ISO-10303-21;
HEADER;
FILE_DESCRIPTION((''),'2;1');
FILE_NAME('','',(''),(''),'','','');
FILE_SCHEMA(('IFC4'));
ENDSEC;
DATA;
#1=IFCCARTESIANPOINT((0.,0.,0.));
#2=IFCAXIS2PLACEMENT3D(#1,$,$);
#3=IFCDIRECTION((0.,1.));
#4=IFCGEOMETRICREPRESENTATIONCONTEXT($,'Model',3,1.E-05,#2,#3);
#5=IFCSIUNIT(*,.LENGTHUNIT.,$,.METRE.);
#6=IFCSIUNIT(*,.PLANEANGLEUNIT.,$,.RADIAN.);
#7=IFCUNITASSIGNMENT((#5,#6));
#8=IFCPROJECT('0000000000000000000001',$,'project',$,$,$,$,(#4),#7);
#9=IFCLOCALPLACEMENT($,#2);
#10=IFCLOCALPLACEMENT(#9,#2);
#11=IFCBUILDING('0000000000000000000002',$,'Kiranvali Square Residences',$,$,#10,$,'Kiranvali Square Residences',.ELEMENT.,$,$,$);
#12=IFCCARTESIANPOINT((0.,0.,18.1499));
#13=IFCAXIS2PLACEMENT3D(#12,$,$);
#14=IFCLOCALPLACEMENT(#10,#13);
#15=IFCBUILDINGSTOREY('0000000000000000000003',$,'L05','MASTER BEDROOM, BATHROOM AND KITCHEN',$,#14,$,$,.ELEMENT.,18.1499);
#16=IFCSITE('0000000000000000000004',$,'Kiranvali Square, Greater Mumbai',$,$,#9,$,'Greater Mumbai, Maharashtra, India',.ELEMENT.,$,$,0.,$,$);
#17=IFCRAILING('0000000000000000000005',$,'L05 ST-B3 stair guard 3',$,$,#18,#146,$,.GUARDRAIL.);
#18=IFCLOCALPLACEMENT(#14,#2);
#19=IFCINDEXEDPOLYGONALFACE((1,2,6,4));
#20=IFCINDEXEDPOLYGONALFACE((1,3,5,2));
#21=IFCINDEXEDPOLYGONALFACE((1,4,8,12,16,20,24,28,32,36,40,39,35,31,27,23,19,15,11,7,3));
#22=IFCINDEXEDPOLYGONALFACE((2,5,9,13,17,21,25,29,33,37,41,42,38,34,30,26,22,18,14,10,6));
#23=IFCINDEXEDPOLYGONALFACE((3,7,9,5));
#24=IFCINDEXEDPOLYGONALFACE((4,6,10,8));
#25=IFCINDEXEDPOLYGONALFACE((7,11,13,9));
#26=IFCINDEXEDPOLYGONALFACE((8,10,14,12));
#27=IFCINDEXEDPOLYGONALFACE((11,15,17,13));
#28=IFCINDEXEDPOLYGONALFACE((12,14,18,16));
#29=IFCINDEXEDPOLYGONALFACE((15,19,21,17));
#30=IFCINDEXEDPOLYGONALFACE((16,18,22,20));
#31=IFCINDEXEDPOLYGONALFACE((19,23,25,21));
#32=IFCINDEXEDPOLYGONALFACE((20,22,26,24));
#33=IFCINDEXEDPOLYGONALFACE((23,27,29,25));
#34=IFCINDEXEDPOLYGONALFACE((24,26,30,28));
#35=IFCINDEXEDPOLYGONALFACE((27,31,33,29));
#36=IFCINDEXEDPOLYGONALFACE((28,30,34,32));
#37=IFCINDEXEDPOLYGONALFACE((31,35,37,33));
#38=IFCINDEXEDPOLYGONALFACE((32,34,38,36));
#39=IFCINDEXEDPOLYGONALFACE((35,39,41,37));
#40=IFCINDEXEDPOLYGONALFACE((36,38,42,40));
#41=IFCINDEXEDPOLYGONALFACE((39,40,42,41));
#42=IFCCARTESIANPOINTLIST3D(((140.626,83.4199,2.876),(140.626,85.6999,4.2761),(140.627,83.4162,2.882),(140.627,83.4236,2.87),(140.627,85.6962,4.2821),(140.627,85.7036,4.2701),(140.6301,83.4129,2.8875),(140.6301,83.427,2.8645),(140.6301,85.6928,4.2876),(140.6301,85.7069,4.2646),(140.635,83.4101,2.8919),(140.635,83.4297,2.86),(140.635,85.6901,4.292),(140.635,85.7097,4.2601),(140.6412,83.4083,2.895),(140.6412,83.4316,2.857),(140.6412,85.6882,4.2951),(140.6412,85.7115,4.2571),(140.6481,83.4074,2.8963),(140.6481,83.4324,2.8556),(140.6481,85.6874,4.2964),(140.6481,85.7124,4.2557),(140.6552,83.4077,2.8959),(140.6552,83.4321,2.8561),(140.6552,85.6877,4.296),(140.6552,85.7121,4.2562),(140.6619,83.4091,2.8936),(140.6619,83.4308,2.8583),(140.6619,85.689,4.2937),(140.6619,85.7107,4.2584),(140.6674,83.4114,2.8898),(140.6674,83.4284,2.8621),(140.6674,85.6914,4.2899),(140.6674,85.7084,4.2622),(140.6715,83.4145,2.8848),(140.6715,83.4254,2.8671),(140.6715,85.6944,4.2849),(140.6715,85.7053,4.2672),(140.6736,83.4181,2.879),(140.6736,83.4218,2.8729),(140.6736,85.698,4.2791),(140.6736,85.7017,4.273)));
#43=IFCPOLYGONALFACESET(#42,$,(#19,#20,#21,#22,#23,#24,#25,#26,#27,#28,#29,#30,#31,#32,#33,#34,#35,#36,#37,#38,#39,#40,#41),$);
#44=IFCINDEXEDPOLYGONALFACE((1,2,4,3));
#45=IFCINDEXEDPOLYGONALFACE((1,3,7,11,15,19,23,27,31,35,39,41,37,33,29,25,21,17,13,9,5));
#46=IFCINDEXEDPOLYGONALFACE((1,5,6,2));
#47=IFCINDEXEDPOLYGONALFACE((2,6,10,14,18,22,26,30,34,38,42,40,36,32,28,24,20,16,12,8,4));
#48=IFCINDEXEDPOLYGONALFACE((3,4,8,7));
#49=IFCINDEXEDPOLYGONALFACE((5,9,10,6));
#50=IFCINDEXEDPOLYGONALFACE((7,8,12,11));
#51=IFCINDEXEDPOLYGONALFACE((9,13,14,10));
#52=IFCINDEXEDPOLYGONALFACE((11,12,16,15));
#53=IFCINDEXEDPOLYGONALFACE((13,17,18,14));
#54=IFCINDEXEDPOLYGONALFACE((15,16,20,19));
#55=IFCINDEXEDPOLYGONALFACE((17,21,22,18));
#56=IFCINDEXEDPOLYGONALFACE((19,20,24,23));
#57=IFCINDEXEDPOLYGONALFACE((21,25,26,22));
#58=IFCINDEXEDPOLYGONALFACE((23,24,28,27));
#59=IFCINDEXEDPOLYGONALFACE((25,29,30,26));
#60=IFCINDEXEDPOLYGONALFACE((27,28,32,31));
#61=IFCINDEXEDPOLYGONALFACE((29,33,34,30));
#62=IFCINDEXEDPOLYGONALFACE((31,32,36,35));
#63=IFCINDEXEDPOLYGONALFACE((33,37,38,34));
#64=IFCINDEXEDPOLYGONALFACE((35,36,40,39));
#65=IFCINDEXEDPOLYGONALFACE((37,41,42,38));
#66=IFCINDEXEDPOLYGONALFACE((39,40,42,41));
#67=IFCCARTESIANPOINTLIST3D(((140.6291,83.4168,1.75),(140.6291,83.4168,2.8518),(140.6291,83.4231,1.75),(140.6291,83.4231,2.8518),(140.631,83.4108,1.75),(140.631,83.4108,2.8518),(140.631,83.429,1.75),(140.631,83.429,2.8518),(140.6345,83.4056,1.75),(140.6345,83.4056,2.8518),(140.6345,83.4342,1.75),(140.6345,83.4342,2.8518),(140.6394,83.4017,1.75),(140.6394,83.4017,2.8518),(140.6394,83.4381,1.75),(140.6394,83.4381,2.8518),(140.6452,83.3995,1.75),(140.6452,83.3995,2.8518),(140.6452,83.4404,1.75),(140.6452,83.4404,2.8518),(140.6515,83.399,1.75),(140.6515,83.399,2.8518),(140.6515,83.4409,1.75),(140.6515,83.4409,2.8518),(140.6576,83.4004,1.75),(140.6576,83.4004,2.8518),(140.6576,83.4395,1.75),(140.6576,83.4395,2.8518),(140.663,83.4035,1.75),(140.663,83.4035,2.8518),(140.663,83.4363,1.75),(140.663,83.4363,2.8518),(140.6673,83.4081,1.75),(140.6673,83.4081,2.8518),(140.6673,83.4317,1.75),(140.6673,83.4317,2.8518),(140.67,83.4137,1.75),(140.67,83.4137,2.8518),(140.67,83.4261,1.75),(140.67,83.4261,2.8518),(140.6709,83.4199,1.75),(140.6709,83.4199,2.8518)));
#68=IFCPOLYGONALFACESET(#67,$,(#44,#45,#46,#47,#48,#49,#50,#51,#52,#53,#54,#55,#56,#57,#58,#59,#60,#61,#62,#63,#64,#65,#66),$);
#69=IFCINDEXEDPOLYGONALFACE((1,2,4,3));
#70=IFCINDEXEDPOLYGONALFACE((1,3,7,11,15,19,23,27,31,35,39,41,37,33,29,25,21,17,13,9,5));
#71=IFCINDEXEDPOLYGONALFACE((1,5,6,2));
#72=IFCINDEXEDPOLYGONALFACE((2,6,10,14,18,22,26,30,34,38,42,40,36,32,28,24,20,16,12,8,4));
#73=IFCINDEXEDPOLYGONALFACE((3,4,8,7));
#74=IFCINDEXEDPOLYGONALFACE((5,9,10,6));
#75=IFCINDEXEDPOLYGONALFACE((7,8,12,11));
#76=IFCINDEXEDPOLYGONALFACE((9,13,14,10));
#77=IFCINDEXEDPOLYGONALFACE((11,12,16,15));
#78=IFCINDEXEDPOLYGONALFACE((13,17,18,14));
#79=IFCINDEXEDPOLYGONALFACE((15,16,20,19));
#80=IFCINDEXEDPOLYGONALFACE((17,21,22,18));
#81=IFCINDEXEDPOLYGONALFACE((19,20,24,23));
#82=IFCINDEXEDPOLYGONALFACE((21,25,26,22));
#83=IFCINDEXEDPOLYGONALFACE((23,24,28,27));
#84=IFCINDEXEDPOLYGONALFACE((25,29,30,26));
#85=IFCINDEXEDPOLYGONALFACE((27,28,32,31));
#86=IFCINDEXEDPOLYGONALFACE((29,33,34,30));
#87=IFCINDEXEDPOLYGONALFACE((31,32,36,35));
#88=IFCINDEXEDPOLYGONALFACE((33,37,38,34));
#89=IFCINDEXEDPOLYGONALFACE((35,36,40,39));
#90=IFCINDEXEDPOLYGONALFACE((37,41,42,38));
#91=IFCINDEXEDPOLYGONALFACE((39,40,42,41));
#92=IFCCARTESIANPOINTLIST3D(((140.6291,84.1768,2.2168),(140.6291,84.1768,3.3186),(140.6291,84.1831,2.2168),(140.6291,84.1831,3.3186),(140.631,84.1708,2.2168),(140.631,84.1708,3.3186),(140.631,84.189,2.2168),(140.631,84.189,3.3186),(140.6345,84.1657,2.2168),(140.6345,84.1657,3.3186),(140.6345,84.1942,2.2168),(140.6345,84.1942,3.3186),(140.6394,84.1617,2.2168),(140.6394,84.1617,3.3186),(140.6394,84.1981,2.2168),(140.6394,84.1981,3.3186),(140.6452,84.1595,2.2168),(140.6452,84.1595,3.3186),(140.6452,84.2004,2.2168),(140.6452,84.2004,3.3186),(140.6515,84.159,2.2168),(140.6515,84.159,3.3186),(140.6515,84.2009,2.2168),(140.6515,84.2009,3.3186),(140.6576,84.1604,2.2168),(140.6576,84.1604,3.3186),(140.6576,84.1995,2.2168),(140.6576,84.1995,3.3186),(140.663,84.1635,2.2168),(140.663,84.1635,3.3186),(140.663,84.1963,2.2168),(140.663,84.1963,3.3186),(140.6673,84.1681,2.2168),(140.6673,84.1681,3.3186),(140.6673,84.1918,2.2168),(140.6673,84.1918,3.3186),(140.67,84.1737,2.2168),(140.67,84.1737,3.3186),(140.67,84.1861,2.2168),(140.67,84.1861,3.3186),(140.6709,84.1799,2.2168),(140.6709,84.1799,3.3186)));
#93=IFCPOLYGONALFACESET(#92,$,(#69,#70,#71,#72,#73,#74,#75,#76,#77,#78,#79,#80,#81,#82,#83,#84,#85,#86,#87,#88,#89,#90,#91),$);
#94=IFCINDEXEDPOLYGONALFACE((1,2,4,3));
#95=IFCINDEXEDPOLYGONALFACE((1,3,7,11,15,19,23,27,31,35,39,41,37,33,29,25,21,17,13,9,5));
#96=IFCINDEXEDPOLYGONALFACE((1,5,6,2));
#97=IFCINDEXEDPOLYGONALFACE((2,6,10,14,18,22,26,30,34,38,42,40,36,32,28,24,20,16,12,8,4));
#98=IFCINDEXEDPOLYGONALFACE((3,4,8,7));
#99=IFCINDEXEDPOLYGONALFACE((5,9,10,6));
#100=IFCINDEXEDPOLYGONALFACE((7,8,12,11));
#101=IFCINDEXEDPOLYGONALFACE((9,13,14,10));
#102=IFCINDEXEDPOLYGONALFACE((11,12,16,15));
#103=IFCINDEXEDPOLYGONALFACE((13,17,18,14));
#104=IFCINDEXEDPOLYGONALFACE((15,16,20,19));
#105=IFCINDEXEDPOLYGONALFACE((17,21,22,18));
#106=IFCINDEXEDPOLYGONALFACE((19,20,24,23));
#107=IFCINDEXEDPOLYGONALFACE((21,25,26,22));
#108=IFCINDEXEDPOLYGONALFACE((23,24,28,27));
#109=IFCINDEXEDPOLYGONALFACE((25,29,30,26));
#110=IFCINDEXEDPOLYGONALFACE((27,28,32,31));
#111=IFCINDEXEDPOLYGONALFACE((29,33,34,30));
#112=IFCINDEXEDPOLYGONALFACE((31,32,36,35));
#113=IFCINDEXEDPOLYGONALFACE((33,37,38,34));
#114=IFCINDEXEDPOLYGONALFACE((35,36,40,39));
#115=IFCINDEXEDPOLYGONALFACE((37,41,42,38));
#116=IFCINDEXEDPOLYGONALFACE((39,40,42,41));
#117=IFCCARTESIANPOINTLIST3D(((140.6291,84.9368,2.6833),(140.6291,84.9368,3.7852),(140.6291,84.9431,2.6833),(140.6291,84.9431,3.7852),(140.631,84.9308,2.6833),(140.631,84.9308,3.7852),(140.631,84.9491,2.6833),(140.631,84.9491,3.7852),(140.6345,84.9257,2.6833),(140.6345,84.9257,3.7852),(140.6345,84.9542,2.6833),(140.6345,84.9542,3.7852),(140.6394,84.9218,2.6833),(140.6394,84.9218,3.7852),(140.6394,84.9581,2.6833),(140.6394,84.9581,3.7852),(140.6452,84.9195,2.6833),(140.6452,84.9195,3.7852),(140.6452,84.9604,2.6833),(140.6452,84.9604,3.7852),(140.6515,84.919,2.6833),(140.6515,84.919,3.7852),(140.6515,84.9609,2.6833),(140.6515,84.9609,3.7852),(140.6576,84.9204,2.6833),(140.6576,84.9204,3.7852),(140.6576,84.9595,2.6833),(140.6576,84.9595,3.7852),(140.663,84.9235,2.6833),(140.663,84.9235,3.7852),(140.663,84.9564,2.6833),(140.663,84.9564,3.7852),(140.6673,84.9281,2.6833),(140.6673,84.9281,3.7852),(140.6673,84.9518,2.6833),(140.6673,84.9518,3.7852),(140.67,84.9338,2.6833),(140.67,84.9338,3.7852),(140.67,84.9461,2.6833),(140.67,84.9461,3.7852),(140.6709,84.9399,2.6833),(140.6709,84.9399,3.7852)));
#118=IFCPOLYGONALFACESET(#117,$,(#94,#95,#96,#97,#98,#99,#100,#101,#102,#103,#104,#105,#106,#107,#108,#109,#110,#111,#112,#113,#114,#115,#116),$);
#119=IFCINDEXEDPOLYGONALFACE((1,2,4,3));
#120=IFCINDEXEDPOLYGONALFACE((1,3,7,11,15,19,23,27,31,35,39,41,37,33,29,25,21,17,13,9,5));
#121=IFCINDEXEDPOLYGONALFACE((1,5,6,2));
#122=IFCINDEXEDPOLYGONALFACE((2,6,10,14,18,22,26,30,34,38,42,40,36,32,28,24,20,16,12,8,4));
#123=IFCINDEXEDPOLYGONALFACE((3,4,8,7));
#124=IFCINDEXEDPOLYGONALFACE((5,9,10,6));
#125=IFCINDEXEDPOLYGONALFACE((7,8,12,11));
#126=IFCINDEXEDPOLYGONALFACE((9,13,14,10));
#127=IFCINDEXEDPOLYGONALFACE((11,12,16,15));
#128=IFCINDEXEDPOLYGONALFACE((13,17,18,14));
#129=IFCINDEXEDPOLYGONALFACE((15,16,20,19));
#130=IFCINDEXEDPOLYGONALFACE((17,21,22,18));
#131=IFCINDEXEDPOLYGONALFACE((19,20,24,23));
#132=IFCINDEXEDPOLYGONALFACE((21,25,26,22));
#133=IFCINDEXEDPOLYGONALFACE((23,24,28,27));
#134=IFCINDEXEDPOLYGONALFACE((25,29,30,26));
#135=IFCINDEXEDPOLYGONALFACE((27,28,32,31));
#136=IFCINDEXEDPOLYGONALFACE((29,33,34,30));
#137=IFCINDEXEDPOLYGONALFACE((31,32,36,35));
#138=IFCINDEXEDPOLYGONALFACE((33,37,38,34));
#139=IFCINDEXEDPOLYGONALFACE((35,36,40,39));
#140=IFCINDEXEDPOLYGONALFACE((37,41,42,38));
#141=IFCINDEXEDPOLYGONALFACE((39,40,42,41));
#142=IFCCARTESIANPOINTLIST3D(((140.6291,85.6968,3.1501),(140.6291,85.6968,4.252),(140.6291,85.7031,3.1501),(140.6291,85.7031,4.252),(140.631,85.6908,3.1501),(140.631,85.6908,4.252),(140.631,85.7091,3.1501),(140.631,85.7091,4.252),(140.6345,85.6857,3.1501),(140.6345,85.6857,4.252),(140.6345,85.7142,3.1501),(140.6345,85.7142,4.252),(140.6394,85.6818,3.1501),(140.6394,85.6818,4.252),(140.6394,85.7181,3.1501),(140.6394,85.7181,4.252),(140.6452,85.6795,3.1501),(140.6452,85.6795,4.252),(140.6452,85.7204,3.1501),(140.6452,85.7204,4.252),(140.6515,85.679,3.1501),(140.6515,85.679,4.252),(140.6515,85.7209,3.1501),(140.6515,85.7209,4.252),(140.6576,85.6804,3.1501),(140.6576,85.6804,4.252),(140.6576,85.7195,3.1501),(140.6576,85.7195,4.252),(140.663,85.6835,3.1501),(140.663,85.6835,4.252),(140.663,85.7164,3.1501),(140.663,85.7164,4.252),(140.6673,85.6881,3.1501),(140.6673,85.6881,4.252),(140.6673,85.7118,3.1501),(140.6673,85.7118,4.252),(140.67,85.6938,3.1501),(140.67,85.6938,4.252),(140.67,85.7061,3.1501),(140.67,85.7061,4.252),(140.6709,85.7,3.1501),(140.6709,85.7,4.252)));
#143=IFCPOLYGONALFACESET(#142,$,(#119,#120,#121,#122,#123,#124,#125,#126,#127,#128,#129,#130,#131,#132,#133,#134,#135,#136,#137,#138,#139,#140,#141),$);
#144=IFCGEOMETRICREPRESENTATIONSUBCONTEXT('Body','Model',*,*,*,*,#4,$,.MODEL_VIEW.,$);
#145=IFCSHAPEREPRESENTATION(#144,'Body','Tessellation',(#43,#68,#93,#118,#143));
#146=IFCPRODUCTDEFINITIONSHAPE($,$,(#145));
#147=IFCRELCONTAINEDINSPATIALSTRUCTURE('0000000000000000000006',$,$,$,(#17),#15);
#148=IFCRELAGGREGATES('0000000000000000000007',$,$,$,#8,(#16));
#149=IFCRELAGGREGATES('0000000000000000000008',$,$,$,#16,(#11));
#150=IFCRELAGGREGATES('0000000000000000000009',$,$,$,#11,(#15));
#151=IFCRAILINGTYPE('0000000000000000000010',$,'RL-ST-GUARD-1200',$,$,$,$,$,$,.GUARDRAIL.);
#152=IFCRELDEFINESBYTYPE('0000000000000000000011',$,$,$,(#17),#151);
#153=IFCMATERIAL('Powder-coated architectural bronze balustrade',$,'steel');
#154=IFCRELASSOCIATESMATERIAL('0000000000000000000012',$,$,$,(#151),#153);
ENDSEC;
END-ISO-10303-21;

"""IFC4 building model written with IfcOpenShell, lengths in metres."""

from ifc_helpers import new_model, si_unit, direction, frame, origin, origin_2d, place, context, subcontext, project, spatial, circle, extrude, material, type_object, element, save


model = new_model("IFC4")

# Units and contexts
model_context = context("Model", 3, precision=1e-05, world=origin(), true_north=direction((0.0, 1.0)))
body_context = subcontext(model_context, "Body", "Model", "MODEL_VIEW")
ifc_project = project(units=[si_unit("LENGTHUNIT", "METRE"), si_unit("PLANEANGLEUNIT", "RADIAN")], contexts=[model_context])

# Site, building, storey
site_placement = place(None, origin())
site = spatial("IfcSite", under=ifc_project, at=site_placement, Name="Kiranvali Square, Greater Mumbai", LongName="Greater Mumbai, Maharashtra, India", CompositionType="ELEMENT", RefElevation=0.0)
building_placement = place(site_placement, origin())
building = spatial("IfcBuilding", under=site, at=building_placement, Name="Kiranvali Square Residences", LongName="Kiranvali Square Residences", CompositionType="ELEMENT")
storey_placement = place(building_placement, frame((0.0, 0.0, 18.1499)))
storey = spatial("IfcBuildingStorey", under=building, at=storey_placement, Name="L05", Description="MASTER BEDROOM, BATHROOM AND KITCHEN", CompositionType="ELEMENT", Elevation=18.1499)

# Railing
ifc_material_1 = material(Name="Powder-coated architectural bronze balustrade", Category="steel")
railing_type_1 = type_object("IfcRailingType", Name="RL-ST-GUARD-1200", PredefinedType="GUARDRAIL", material=ifc_material_1)
railing_1_placement = place(storey_placement, frame((140.6499, 83.4199, 1.75)))
element("IfcRailing", 1, at=railing_1_placement, inside=storey, type_object=railing_type_1, Name="L05 ST-B3 stair guard 3", PredefinedType="GUARDRAIL", context=body_context, shape_type="SweptSolid", body=[
    extrude(circle(Radius=0.0239, at=origin_2d()), frame((0.0, 0.0, 1.126), z_axis=(0.0, 0.85215, 0.523298), x_axis=(-1.0, 0.0, 0.0)), (0.0, 0.0, 1.0), 2.6755),
    extrude(circle(Radius=0.021, at=origin_2d()), origin(), (0.0, 0.0, 1.0), 1.1018),
    extrude(circle(Radius=0.021, at=origin_2d()), frame((0.0, 0.76, 0.4668)), (0.0, 0.0, 1.0), 1.1018),
    extrude(circle(Radius=0.021, at=origin_2d()), frame((0.0, 1.52, 0.9333)), (0.0, 0.0, 1.0), 1.1018),
    extrude(circle(Radius=0.021, at=origin_2d()), frame((0.0, 2.28, 1.4001)), (0.0, 0.0, 1.0), 1.1018),
])

save(model, "model.ifc")
